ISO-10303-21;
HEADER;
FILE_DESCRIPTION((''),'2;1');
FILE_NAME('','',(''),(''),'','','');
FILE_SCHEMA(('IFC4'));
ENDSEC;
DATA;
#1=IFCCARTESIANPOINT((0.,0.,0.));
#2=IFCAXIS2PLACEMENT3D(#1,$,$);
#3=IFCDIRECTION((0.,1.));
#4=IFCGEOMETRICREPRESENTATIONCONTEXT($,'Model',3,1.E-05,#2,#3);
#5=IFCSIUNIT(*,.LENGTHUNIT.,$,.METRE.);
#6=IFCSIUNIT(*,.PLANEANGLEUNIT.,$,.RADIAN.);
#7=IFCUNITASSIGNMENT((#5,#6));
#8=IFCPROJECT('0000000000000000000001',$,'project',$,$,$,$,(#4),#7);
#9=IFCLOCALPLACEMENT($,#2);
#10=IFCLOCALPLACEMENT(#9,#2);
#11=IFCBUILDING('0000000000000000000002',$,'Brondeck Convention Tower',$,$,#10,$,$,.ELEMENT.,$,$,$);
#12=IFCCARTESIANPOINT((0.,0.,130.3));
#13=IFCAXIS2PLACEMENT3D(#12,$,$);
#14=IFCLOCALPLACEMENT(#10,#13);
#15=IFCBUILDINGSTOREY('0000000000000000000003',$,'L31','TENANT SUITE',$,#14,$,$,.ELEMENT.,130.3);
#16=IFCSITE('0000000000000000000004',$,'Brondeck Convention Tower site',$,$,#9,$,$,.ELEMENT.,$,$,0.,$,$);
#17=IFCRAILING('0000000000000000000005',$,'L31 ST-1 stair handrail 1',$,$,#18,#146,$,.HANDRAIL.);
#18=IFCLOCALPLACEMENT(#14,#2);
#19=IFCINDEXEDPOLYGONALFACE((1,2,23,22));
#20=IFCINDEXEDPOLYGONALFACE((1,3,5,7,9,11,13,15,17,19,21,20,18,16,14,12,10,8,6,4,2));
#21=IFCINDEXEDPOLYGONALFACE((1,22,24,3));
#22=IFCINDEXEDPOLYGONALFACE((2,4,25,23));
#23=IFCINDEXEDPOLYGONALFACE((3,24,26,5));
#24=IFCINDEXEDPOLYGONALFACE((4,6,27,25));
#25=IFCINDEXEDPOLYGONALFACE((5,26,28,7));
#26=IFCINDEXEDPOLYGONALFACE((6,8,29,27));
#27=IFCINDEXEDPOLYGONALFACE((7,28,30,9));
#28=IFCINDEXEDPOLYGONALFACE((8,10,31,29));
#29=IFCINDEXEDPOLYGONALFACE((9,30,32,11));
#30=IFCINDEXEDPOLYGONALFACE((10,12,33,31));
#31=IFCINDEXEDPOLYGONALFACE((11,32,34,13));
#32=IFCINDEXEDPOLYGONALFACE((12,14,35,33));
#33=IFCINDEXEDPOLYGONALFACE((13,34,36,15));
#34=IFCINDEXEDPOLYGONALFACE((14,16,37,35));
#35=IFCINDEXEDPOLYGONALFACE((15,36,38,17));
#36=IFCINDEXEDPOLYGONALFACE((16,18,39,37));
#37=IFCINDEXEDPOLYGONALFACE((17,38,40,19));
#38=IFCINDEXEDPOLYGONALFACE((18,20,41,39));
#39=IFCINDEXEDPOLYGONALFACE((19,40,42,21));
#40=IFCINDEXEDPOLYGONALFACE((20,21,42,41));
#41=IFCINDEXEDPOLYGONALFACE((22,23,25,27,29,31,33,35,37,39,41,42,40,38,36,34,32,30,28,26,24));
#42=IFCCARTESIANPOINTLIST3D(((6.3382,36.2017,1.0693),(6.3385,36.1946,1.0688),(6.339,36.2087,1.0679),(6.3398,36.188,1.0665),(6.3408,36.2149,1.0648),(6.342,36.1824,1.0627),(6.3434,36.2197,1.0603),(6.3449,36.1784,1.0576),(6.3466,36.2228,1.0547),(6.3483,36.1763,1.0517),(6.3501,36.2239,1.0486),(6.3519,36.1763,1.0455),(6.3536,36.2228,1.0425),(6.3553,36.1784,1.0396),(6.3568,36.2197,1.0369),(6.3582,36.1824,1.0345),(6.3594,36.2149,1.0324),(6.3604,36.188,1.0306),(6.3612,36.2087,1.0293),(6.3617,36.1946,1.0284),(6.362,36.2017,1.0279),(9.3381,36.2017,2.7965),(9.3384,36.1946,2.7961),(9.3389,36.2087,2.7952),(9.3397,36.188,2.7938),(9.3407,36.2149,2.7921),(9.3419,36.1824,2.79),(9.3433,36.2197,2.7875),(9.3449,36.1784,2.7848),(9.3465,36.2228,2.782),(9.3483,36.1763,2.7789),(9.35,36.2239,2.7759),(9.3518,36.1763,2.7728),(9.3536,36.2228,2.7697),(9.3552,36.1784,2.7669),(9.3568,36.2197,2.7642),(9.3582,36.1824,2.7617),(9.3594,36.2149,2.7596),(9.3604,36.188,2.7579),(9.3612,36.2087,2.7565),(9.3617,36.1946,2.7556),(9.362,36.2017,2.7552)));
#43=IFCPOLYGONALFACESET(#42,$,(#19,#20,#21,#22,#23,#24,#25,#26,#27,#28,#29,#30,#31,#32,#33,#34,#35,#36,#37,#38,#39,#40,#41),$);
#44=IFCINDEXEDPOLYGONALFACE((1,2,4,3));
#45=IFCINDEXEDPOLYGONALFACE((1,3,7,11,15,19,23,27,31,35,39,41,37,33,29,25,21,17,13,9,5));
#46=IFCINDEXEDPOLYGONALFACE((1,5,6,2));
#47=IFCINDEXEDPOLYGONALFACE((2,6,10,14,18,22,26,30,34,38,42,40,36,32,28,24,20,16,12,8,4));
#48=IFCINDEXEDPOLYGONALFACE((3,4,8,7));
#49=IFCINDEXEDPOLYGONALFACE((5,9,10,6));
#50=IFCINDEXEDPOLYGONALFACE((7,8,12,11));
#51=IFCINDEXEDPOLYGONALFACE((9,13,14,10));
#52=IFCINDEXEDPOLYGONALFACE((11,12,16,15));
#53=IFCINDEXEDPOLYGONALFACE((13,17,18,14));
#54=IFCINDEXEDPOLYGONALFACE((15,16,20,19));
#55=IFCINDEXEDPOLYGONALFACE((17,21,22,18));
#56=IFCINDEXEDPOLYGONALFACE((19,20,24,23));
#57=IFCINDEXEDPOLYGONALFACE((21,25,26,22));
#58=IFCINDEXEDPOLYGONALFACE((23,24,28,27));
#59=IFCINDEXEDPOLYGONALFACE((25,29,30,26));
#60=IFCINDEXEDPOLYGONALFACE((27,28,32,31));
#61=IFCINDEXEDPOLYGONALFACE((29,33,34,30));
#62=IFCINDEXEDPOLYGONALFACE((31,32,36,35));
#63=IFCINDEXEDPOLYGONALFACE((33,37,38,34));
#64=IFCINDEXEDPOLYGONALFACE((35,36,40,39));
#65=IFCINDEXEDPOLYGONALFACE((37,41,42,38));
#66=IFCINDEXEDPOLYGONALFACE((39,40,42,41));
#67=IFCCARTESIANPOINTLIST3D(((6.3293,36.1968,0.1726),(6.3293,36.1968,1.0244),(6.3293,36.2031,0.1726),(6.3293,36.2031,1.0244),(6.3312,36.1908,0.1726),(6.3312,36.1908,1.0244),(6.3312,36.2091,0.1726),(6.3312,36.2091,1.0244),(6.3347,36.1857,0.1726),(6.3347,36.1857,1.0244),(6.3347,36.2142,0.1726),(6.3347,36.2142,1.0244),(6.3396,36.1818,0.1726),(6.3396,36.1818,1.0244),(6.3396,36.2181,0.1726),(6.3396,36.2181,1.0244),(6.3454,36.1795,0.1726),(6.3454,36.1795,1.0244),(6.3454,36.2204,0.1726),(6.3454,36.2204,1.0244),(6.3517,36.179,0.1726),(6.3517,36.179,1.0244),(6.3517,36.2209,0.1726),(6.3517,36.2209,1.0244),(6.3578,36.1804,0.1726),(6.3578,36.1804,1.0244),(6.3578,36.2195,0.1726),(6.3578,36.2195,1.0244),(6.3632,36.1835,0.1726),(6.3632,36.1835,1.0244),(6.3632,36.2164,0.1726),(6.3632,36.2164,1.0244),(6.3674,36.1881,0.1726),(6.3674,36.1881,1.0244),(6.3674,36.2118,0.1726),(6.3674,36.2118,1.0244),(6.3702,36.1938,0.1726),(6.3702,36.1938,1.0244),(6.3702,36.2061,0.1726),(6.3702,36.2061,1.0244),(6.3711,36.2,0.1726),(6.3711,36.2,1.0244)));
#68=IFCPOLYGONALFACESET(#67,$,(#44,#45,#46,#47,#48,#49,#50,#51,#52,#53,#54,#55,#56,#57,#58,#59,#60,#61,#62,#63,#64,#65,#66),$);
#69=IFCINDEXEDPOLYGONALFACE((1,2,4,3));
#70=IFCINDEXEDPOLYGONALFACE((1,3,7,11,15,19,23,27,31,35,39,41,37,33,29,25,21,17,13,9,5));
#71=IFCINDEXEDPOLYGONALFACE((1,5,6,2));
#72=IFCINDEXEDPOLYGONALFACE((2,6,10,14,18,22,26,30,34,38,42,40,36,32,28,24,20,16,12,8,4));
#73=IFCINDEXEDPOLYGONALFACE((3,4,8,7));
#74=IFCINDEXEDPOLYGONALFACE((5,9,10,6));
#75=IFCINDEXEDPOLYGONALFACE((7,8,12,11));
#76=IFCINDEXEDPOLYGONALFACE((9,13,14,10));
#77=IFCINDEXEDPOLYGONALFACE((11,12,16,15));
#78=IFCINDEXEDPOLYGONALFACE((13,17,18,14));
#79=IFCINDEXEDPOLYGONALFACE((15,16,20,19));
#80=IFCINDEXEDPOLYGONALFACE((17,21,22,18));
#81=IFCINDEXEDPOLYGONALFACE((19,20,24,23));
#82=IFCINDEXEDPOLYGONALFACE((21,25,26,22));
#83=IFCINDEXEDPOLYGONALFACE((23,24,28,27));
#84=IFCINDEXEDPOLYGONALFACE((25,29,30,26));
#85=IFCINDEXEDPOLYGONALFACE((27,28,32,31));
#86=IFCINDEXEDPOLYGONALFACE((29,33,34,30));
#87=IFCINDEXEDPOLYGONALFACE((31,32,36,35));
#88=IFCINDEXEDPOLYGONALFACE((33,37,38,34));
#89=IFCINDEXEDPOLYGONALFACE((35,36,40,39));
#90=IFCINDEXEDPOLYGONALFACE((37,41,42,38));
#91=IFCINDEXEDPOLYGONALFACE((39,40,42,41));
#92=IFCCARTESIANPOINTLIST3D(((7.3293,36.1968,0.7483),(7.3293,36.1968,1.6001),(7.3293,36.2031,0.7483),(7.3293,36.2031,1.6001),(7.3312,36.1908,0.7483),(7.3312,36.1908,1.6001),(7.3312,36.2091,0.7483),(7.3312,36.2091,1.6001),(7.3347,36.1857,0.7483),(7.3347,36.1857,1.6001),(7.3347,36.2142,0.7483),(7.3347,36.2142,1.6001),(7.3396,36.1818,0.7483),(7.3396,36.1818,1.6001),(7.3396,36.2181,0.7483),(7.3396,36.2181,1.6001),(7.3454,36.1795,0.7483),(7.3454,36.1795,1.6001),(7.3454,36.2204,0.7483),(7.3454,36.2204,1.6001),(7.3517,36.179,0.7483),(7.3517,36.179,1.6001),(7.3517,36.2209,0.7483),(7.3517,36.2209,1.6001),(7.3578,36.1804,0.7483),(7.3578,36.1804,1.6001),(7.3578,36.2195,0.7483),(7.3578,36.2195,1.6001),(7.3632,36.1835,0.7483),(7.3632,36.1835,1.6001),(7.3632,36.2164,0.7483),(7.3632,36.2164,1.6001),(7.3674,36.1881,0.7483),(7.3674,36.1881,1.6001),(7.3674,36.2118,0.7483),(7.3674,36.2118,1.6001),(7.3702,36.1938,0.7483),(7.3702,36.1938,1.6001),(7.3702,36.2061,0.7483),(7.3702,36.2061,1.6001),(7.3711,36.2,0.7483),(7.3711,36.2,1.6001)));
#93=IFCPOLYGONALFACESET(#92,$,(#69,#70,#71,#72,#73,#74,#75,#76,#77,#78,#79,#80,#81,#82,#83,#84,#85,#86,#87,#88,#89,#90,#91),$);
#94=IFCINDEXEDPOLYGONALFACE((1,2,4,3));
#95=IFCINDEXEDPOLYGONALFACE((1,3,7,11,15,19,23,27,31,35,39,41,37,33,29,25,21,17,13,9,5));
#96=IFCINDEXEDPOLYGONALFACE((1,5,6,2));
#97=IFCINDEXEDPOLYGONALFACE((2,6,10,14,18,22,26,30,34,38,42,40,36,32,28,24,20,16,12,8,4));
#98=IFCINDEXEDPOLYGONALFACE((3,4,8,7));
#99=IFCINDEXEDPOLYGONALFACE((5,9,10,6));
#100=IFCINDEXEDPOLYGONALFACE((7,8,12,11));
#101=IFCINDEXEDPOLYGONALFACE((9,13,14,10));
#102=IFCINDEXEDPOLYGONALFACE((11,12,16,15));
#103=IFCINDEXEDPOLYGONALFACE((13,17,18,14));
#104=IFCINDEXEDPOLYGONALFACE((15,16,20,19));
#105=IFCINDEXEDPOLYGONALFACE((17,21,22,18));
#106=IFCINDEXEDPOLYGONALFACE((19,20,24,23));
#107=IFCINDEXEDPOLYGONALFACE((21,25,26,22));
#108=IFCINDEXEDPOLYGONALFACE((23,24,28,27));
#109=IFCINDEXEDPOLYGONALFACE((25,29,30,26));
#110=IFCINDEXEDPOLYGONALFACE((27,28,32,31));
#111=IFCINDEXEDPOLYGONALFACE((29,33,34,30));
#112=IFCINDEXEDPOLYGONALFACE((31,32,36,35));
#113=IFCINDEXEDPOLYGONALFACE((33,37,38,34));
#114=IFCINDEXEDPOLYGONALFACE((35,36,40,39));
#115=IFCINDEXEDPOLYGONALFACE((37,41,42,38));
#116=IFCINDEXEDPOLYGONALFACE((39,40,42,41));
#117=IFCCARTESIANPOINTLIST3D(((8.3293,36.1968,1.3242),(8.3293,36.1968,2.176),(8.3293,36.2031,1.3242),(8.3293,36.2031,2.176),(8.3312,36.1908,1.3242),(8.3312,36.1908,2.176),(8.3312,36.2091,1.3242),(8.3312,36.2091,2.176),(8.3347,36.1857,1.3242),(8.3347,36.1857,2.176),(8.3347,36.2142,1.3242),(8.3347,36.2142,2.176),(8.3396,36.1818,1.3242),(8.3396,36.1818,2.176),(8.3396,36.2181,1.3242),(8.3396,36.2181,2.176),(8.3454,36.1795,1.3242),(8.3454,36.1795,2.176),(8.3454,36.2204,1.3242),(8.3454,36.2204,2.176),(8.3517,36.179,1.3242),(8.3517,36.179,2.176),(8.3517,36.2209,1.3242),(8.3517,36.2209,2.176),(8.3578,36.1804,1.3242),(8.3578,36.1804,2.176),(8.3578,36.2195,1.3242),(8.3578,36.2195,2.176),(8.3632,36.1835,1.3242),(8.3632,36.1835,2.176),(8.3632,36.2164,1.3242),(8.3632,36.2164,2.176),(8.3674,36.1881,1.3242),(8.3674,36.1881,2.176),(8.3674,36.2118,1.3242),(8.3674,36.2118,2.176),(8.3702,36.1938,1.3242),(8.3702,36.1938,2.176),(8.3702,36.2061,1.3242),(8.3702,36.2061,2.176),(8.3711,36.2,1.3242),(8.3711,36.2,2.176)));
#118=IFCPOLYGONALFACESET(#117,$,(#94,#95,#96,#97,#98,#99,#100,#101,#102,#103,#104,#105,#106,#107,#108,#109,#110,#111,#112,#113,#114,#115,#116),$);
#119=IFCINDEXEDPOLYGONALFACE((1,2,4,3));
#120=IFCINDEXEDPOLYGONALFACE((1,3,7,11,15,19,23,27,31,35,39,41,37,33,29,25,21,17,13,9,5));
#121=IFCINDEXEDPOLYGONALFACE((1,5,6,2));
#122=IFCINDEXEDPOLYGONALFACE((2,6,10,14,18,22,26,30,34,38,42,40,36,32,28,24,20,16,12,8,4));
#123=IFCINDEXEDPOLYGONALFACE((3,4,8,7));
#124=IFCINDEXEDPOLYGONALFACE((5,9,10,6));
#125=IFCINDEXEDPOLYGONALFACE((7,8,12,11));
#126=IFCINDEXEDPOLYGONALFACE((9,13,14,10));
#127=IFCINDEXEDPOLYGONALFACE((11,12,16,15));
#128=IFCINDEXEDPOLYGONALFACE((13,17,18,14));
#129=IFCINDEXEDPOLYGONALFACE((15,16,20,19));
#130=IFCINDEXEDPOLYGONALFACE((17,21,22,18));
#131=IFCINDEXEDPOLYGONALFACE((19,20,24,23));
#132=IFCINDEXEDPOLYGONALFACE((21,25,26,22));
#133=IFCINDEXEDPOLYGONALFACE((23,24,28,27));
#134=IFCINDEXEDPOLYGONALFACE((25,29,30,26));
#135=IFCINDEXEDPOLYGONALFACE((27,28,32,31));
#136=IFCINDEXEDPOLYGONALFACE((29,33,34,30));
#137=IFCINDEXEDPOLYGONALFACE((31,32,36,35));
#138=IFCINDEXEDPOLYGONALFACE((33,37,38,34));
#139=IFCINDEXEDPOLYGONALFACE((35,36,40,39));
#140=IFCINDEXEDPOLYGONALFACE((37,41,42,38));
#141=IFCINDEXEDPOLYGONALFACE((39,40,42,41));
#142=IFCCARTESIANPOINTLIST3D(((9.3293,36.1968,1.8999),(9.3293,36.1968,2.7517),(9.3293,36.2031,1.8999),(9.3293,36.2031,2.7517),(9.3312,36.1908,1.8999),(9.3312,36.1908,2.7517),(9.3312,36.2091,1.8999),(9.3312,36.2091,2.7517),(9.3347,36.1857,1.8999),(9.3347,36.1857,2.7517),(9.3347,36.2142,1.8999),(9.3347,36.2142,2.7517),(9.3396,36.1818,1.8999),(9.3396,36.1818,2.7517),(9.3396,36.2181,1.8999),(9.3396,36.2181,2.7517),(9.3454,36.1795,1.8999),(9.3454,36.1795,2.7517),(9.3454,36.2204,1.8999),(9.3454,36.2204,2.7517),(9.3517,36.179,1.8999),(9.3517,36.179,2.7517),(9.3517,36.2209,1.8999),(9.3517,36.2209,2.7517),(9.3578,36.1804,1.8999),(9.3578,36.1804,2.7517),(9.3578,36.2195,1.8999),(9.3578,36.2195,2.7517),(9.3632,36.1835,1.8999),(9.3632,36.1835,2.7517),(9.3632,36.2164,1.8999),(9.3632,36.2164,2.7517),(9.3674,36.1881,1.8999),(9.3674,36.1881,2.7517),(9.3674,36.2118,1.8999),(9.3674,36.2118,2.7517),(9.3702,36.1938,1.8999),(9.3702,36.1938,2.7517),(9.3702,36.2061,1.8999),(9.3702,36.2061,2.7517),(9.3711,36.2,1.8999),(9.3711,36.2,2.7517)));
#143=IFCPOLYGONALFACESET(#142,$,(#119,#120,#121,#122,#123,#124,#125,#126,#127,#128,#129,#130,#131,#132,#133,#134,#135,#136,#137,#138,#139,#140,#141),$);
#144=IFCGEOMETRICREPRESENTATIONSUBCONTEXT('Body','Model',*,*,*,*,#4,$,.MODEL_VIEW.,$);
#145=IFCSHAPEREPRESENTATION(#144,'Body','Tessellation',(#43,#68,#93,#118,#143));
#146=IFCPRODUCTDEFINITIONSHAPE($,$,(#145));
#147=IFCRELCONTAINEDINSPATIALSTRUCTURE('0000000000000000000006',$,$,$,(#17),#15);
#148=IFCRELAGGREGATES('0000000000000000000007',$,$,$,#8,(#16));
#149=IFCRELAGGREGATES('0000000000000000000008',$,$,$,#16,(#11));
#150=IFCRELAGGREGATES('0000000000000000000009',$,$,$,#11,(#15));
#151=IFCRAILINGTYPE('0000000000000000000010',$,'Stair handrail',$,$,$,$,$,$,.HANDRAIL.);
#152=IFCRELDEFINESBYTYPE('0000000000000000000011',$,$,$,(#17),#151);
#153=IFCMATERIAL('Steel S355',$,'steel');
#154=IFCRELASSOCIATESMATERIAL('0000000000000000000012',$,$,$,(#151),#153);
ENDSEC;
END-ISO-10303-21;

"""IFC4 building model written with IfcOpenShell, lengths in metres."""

from ifc_helpers import new_model, si_unit, direction, frame, origin, origin_2d, place, context, subcontext, project, spatial, circle, extrude, material, type_object, element, save


model = new_model("IFC4")

# Units and contexts
model_context = context("Model", 3, precision=1e-05, world=origin(), true_north=direction((0.0, 1.0)))
body_context = subcontext(model_context, "Body", "Model", "MODEL_VIEW")
ifc_project = project(units=[si_unit("LENGTHUNIT", "METRE"), si_unit("PLANEANGLEUNIT", "RADIAN")], contexts=[model_context])

# Site, building, storey
site_placement = place(None, origin())
site = spatial("IfcSite", under=ifc_project, at=site_placement, Name="Brondeck Convention Tower site", CompositionType="ELEMENT", RefElevation=0.0)
building_placement = place(site_placement, origin())
building = spatial("IfcBuilding", under=site, at=building_placement, Name="Brondeck Convention Tower", CompositionType="ELEMENT")
storey_placement = place(building_placement, frame((0.0, 0.0, 130.3)))
storey = spatial("IfcBuildingStorey", under=building, at=storey_placement, Name="L31", Description="TENANT SUITE", CompositionType="ELEMENT", Elevation=130.3)

# Railing
ifc_material_1 = material(Name="Steel S355", Category="steel")
railing_type_1 = type_object("IfcRailingType", Name="Stair handrail", PredefinedType="HANDRAIL", material=ifc_material_1)
railing_1_placement = place(storey_placement, frame((6.3501, 36.2, 0.1726)))
element("IfcRailing", 1, at=railing_1_placement, inside=storey, type_object=railing_type_1, Name="L31 ST-1 stair handrail 1", PredefinedType="HANDRAIL", context=body_context, shape_type="SweptSolid", body=[
    extrude(circle(Radius=0.0239, at=origin_2d()), frame((0.0, 0.0, 0.876), z_axis=(0.86662, 0.0, 0.498969), x_axis=(0.0, 1.0, 0.0)), (0.0, 0.0, 1.0), 3.4617),
    extrude(circle(Radius=0.021, at=origin_2d()), origin(), (0.0, 0.0, 1.0), 0.8518),
    extrude(circle(Radius=0.021, at=origin_2d()), frame((1.0, 0.0, 0.5757)), (0.0, 0.0, 1.0), 0.8518),
    extrude(circle(Radius=0.021, at=origin_2d()), frame((2.0, 0.0, 1.1516)), (0.0, 0.0, 1.0), 0.8518),
    extrude(circle(Radius=0.021, at=origin_2d()), frame((3.0, 0.0, 1.7273)), (0.0, 0.0, 1.0), 0.8518),
])

save(model, "model.ifc")
